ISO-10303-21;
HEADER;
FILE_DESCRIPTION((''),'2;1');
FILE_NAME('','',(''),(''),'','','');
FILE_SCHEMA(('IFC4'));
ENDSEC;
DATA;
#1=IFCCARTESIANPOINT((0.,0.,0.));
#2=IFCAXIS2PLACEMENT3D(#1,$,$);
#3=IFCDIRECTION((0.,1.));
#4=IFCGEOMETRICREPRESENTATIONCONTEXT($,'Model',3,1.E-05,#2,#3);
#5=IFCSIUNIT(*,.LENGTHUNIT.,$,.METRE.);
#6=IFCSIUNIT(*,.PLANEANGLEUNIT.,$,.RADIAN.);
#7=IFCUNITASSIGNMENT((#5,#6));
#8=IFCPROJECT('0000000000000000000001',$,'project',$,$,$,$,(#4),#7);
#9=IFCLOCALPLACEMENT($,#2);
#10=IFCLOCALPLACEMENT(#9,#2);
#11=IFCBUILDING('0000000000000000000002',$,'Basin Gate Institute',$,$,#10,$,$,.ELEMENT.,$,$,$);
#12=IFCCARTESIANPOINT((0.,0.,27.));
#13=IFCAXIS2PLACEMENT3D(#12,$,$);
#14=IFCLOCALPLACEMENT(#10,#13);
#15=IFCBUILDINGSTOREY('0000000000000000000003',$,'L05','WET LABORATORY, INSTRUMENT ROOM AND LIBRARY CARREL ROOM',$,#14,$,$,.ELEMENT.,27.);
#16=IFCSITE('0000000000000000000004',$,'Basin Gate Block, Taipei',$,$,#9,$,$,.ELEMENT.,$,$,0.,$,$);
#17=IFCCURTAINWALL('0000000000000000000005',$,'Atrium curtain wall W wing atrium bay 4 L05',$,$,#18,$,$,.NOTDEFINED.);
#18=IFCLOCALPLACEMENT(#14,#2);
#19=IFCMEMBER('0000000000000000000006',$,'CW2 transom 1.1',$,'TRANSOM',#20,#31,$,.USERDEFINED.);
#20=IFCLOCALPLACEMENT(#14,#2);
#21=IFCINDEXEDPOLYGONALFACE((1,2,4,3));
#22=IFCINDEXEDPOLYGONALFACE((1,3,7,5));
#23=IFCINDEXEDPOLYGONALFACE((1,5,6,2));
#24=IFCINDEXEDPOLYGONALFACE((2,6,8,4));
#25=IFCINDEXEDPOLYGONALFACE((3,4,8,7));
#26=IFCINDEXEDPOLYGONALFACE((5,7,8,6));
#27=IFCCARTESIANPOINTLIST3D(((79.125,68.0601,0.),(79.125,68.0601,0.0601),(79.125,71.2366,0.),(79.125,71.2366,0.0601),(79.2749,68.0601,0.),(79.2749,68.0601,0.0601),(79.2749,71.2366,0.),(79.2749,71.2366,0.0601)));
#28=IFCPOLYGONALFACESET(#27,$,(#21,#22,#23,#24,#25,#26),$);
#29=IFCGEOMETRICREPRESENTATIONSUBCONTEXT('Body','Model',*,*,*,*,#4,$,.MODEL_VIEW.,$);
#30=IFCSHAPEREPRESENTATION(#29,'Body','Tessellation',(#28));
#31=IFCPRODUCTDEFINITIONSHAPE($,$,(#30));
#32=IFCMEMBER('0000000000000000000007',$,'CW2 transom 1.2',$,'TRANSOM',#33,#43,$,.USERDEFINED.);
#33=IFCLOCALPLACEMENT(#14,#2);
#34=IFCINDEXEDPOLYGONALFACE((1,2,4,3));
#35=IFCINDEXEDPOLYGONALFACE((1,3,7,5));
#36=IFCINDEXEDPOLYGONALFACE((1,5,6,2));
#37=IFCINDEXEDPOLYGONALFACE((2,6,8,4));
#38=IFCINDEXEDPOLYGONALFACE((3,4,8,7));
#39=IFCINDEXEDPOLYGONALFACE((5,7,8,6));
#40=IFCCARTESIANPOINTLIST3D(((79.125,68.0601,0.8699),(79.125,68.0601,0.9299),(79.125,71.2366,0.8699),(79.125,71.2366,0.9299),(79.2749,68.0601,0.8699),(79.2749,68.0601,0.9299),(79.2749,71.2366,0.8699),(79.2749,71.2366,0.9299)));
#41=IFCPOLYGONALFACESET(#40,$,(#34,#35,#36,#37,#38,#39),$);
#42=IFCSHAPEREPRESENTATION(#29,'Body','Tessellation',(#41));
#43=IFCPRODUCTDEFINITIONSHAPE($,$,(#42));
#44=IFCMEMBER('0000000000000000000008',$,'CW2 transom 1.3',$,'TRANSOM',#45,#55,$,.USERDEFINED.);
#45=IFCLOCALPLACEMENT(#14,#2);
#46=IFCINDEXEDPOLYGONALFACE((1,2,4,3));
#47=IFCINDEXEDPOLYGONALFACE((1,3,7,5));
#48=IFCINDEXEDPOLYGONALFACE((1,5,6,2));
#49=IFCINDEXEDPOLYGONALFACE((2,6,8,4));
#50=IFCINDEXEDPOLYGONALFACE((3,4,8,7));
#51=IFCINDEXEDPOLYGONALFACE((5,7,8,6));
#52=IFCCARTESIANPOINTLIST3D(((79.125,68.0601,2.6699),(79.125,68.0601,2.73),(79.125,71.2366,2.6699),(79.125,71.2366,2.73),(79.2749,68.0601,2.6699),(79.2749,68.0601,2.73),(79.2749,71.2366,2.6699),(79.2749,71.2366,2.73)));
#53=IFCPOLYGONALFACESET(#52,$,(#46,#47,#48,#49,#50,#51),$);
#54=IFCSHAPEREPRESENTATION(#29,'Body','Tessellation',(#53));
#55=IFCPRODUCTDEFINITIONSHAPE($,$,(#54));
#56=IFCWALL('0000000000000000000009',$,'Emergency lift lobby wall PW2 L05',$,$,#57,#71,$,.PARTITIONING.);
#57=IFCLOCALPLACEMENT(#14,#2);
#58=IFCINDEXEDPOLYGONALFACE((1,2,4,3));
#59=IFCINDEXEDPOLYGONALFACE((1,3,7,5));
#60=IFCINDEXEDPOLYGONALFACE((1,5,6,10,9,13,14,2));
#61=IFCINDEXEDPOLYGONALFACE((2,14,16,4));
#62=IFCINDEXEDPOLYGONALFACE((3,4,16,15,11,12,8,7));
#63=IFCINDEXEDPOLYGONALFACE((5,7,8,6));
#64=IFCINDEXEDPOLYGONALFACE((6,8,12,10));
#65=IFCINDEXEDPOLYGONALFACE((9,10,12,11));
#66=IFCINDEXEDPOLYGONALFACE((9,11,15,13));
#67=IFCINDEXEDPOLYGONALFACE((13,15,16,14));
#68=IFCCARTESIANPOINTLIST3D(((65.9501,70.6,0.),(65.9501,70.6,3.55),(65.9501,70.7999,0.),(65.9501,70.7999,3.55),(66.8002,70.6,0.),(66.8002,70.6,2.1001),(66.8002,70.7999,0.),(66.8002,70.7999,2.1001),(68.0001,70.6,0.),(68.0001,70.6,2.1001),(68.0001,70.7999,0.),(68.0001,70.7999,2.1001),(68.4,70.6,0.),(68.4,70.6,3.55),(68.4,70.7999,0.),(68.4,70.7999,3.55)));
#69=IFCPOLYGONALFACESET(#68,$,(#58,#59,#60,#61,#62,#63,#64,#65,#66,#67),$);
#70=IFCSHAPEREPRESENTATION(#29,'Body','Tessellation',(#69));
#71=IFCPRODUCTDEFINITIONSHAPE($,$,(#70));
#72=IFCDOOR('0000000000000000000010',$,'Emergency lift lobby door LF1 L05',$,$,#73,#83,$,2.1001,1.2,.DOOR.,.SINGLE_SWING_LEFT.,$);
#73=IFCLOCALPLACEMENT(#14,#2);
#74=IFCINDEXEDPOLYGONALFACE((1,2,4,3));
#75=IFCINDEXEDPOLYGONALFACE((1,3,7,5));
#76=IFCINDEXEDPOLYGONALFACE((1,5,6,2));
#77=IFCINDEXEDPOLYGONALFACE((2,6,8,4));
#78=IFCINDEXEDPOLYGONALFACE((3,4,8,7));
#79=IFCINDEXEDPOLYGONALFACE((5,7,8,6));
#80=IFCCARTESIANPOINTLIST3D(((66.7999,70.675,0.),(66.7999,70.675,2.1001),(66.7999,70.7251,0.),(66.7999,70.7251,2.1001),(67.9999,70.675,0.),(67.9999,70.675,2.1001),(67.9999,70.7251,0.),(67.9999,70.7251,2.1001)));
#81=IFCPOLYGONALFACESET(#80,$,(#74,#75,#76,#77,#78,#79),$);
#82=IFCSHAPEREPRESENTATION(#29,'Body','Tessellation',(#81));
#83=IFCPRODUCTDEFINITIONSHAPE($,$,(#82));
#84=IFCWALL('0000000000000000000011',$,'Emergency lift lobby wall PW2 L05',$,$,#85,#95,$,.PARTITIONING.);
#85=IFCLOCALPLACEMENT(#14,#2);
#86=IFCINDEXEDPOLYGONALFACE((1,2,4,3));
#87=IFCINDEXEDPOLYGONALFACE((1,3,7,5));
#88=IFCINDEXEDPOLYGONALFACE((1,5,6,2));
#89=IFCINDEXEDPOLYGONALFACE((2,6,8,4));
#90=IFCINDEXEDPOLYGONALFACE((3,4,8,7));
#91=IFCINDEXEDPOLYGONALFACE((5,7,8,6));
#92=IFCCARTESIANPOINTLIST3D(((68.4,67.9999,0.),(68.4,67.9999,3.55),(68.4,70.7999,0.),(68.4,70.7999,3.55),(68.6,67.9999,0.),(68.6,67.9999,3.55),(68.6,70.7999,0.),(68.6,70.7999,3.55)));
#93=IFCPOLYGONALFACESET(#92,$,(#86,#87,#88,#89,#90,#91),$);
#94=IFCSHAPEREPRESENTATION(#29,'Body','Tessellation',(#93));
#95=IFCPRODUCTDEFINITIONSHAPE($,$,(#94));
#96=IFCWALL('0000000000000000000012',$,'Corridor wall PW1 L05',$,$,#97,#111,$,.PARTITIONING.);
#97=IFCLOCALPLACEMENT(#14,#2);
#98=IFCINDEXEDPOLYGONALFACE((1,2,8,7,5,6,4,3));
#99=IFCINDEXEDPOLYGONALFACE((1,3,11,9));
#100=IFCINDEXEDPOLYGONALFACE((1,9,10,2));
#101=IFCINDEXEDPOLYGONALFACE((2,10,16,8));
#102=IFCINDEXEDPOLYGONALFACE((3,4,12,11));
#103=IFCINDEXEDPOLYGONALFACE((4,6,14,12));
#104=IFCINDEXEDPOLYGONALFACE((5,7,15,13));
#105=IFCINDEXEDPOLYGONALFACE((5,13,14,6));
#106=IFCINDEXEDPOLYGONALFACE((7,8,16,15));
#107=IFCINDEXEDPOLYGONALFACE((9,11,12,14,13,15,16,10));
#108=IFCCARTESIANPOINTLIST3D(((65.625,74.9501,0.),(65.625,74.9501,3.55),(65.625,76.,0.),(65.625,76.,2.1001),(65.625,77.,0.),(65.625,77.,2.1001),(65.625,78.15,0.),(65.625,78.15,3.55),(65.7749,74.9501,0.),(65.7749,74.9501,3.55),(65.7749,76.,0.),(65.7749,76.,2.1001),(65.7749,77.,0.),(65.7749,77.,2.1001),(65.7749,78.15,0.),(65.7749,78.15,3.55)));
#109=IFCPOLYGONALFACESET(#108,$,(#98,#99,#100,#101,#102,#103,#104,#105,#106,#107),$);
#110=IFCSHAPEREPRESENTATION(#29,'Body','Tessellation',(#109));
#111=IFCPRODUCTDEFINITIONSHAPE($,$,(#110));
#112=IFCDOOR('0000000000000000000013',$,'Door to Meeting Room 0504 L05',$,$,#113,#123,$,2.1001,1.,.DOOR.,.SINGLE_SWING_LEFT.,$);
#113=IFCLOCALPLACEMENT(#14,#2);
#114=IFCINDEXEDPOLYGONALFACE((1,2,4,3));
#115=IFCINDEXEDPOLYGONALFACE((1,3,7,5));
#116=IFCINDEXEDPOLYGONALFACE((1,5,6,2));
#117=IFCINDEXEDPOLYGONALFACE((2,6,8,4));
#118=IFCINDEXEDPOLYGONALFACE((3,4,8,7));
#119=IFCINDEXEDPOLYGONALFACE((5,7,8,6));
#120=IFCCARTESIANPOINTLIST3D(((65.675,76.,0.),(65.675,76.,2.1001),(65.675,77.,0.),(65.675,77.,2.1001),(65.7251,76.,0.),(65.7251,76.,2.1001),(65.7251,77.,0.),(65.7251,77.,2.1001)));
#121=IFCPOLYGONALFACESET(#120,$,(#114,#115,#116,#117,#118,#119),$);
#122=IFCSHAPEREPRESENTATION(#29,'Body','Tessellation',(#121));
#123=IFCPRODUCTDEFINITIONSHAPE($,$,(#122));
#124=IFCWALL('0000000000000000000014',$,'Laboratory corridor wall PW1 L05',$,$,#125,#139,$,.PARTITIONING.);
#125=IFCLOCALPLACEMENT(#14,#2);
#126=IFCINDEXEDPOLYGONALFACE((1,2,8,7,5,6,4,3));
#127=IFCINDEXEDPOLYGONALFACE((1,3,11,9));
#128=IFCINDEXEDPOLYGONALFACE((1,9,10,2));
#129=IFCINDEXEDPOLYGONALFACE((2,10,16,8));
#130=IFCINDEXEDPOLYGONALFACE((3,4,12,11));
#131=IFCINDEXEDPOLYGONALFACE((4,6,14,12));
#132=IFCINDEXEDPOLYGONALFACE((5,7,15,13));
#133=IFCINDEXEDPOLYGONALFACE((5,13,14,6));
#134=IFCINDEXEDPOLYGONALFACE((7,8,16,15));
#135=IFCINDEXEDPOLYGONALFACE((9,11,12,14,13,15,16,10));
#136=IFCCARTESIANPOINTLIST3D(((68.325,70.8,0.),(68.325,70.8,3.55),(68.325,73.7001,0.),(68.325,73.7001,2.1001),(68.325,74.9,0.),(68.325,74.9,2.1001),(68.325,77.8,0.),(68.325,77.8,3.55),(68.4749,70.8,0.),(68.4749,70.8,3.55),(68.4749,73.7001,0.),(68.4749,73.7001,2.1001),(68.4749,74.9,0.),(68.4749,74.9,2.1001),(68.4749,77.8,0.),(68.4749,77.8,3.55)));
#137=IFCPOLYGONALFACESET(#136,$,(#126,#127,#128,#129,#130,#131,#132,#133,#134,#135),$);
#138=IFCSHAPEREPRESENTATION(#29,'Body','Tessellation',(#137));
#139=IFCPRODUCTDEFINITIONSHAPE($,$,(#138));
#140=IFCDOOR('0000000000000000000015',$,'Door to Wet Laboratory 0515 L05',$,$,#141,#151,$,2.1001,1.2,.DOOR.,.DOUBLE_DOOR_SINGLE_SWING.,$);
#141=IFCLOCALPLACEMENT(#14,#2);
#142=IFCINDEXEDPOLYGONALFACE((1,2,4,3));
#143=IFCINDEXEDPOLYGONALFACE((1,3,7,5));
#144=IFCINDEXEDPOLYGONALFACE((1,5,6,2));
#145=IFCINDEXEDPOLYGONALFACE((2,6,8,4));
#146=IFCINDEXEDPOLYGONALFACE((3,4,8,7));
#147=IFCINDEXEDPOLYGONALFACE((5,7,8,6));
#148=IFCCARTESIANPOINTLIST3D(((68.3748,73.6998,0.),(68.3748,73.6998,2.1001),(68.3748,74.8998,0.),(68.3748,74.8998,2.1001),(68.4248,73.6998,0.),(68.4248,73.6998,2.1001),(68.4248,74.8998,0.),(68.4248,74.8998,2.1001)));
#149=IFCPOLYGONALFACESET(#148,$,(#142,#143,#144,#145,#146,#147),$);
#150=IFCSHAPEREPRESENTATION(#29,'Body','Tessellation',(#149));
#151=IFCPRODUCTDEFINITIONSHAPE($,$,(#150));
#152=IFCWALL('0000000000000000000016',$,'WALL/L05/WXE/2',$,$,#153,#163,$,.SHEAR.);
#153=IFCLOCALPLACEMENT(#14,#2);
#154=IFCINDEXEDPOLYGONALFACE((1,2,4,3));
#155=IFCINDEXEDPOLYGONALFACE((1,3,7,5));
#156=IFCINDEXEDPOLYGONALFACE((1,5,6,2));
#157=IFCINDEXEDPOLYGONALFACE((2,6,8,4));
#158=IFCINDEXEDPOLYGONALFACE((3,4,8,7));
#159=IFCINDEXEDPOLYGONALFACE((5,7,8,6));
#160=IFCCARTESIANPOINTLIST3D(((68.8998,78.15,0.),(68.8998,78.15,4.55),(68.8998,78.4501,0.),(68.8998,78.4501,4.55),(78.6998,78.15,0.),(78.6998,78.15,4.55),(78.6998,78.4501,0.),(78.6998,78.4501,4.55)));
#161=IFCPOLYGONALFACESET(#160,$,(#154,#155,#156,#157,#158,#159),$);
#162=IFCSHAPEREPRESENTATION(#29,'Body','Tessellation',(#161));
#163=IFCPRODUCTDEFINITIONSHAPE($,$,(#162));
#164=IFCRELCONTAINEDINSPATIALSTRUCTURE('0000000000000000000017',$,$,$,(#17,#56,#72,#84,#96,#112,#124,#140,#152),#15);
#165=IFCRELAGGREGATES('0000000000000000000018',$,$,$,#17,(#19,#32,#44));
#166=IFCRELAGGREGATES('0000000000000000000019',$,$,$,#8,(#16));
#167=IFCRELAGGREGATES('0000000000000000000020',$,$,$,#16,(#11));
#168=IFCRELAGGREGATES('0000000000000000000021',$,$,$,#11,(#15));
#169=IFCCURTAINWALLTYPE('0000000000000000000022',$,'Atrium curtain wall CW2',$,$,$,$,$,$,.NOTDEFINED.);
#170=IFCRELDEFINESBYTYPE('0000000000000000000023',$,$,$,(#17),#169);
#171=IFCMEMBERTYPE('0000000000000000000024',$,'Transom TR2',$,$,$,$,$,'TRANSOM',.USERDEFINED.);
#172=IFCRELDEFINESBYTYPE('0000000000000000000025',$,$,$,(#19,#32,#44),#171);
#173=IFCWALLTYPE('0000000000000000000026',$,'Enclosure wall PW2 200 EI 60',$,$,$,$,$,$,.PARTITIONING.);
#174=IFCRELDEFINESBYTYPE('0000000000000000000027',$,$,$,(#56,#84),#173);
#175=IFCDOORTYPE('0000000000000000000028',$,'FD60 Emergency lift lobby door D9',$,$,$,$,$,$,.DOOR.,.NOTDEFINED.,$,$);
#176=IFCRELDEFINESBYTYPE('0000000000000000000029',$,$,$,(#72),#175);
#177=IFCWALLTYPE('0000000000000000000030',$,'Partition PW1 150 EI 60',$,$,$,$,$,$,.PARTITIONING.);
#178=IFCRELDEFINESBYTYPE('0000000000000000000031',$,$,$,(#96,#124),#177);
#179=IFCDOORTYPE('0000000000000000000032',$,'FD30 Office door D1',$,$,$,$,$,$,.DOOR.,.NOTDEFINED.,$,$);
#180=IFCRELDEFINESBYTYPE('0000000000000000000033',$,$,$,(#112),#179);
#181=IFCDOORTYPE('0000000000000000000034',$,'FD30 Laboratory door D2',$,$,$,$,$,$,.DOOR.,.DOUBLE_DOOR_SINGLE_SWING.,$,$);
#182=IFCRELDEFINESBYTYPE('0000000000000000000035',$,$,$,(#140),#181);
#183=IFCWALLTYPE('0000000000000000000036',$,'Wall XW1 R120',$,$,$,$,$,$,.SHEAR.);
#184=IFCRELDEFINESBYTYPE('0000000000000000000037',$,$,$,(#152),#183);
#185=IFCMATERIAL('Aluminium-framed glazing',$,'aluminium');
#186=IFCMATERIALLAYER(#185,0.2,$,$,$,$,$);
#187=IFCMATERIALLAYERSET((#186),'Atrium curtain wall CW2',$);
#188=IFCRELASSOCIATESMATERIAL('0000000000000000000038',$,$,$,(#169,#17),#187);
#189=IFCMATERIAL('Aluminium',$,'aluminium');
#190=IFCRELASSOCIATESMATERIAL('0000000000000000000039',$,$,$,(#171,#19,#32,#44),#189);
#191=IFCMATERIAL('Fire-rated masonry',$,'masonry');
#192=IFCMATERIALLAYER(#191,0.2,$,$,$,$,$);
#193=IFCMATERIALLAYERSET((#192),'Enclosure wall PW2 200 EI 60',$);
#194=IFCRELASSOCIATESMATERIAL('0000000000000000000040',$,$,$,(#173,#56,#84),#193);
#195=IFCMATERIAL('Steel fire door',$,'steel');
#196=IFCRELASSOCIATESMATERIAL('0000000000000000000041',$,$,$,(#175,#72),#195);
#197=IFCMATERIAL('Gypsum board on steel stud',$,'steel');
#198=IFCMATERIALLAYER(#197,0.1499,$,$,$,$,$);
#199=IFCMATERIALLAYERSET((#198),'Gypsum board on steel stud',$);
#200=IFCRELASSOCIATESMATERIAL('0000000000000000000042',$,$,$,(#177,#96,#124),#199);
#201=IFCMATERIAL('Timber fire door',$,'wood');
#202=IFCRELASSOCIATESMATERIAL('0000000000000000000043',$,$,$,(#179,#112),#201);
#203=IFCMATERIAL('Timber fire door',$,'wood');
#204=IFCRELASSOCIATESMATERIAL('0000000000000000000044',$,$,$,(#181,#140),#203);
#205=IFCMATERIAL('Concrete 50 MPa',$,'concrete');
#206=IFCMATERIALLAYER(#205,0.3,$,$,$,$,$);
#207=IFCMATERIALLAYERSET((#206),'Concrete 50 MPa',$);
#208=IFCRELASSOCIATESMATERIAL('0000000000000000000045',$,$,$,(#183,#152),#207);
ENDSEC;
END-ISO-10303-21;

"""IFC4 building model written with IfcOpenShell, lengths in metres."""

from ifc_helpers import new_model, si_unit, direction, frame, frame_2d, origin, origin_2d, place, context, subcontext, project, spatial, rectangle, extrude, material, layer, layer_set, material_profile, profile_set, type_object, element, fill, aggregate, save


model = new_model("IFC4")

# Units and contexts
model_context = context("Model", 3, precision=1e-05, world=origin(), true_north=direction((0.0, 1.0)))
body_context = subcontext(model_context, "Body", "Model", "MODEL_VIEW")
ifc_project = project(units=[si_unit("LENGTHUNIT", "METRE"), si_unit("PLANEANGLEUNIT", "RADIAN")], contexts=[model_context])

# Site, building, storey
site_placement = place(None, origin())
site = spatial("IfcSite", under=ifc_project, at=site_placement, Name="Basin Gate Block, Taipei", CompositionType="ELEMENT", RefElevation=0.0)
building_placement = place(site_placement, origin())
building = spatial("IfcBuilding", under=site, at=building_placement, Name="Basin Gate Institute", CompositionType="ELEMENT")
storey_placement = place(building_placement, frame((0.0, 0.0, 27.0)))
storey = spatial("IfcBuildingStorey", under=building, at=storey_placement, Name="L05", Description="WET LABORATORY, INSTRUMENT ROOM AND LIBRARY CARREL ROOM", CompositionType="ELEMENT", Elevation=27.0)

# Curtain wall
ifc_material_1 = material(Name="Aluminium-framed glazing", Category="aluminium")
ifc_layer_1 = layer(ifc_material_1, 0.2)
ifc_layer_set_1 = layer_set([ifc_layer_1], Name="Atrium curtain wall CW2")
curtain_wall_type = type_object("IfcCurtainWallType", Name="Atrium curtain wall CW2", PredefinedType="NOTDEFINED", material=ifc_layer_set_1)
curtain_wall_placement = place(storey_placement, origin())
curtain_wall = element("IfcCurtainWall", 1, at=curtain_wall_placement, inside=storey, type_object=curtain_wall_type, material=ifc_layer_set_1, Name="Atrium curtain wall W wing atrium bay 4 L05", PredefinedType="NOTDEFINED")

# Members
ifc_material_2 = material(Name="Aluminium", Category="aluminium")
ifc_material_profile_1 = material_profile(ifc_material_2, rectangle(XDim=0.1499, YDim=0.0601, at=origin_2d()), Name="Transom TR2 150 x 60")
ifc_profile_set_1 = profile_set([ifc_material_profile_1], Name="Aluminium")
member_type_1 = type_object("IfcMemberType", Name="Transom TR2", ElementType="TRANSOM", PredefinedType="USERDEFINED", material=ifc_profile_set_1)
member_1_placement = place(storey_placement, frame((79.2, 68.0601, 0.03), z_axis=(0.0, 1.0, 0.0), x_axis=(-1.0, 0.0, 0.0)))
member_1 = element("IfcMember", 2, at=member_1_placement, type_object=member_type_1, material=ifc_profile_set_1, Name="CW2 transom 1.1", ObjectType="TRANSOM", PredefinedType="USERDEFINED", context=body_context, shape_type="SweptSolid", body=[
    extrude(rectangle(XDim=0.1499, YDim=0.0601, at=origin_2d()), origin(), (0.0, 0.0, 1.0), 3.1765),
])
member_2_placement = place(storey_placement, frame((79.2, 68.0601, 0.8999), z_axis=(0.0, 1.0, 0.0), x_axis=(-1.0, 0.0, 0.0)))
member_2 = element("IfcMember", 3, at=member_2_placement, type_object=member_type_1, material=ifc_profile_set_1, Name="CW2 transom 1.2", ObjectType="TRANSOM", PredefinedType="USERDEFINED", context=body_context, shape_type="SweptSolid", body=[
    extrude(rectangle(XDim=0.1499, YDim=0.0601, at=origin_2d()), origin(), (0.0, 0.0, 1.0), 3.1765),
])
member_3_placement = place(storey_placement, frame((79.2, 68.0601, 2.7), z_axis=(0.0, 1.0, 0.0), x_axis=(-1.0, 0.0, 0.0)))
member_3 = element("IfcMember", 4, at=member_3_placement, type_object=member_type_1, material=ifc_profile_set_1, Name="CW2 transom 1.3", ObjectType="TRANSOM", PredefinedType="USERDEFINED", context=body_context, shape_type="SweptSolid", body=[
    extrude(rectangle(XDim=0.1499, YDim=0.0601, at=origin_2d()), origin(), (0.0, 0.0, 1.0), 3.1765),
])
aggregate(curtain_wall, [member_1, member_2, member_3])

# Wall, opening, door
ifc_material_3 = material(Name="Fire-rated masonry", Category="masonry")
ifc_layer_2 = layer(ifc_material_3, 0.2)
ifc_layer_set_2 = layer_set([ifc_layer_2], Name="Enclosure wall PW2 200 EI 60")
wall_type_1 = type_object("IfcWallType", Name="Enclosure wall PW2 200 EI 60", PredefinedType="PARTITIONING", material=ifc_layer_set_2)
wall_1_placement = place(storey_placement, frame((65.95, 70.7, 0.0), z_axis=(0.0, 0.0, 1.0), x_axis=(1.0, 0.0, 0.0)))
wall_1 = element("IfcWall", 5, at=wall_1_placement, inside=storey, type_object=wall_type_1, material=ifc_layer_set_2, Name="Emergency lift lobby wall PW2 L05", PredefinedType="PARTITIONING", context=body_context, shape_type="SweptSolid", body=[
    extrude(rectangle(XDim=2.45, YDim=0.2, at=frame_2d((1.2251, 0.0))), origin(), (0.0, 0.0, 1.0), 3.55),
])
opening_1_placement = place(wall_1_placement, frame((0.8501, 0.0, 0.0)))
opening_1 = element("IfcOpeningElement", 6, at=opening_1_placement, cuts=wall_1, PredefinedType="OPENING", context=body_context, shape_type="SweptSolid", body=[
    extrude(rectangle(XDim=1.2, YDim=2.1001, at=frame_2d((0.6001, 1.05))), frame((0.0, 0.1099, 0.0), z_axis=(0.0, -1.0, 0.0), x_axis=(1.0, 0.0, 0.0)), (0.0, 0.0, 1.0), 0.22),
])
ifc_material_4 = material(Name="Steel fire door", Category="steel")
door_type_1 = type_object("IfcDoorType", Name="FD60 Emergency lift lobby door D9", OperationType="NOTDEFINED", PredefinedType="DOOR", material=ifc_material_4)
door_1_placement = place(opening_1_placement, frame((1.2, 0.0, 0.0), z_axis=(0.0, 0.0, 1.0), x_axis=(-1.0, 0.0, 0.0)))
door_1 = element("IfcDoor", 7, at=door_1_placement, inside=storey, type_object=door_type_1, material=ifc_material_4, Name="Emergency lift lobby door LF1 L05", OperationType="SINGLE_SWING_LEFT", OverallHeight=2.1001, OverallWidth=1.2, PredefinedType="DOOR", context=body_context, shape_type="SweptSolid", body=[
    extrude(rectangle(XDim=1.2, YDim=2.1001, at=frame_2d((0.6001, 1.05))), frame((0.0, 0.0249, 0.0), z_axis=(0.0, -1.0, 0.0), x_axis=(1.0, 0.0, 0.0)), (0.0, 0.0, 1.0), 0.05),
])
fill(opening_1, door_1)

# Wall
wall_2_placement = place(storey_placement, frame((68.5, 68.0, 0.0), z_axis=(0.0, 0.0, 1.0), x_axis=(0.0, 1.0, 0.0)))
element("IfcWall", 8, at=wall_2_placement, inside=storey, type_object=wall_type_1, material=ifc_layer_set_2, Name="Emergency lift lobby wall PW2 L05", PredefinedType="PARTITIONING", context=body_context, shape_type="SweptSolid", body=[
    extrude(rectangle(XDim=2.8, YDim=0.2, at=frame_2d((1.3999, 0.0))), origin(), (0.0, 0.0, 1.0), 3.55),
])

# Walls, openings, doors
ifc_material_5 = material(Name="Gypsum board on steel stud", Category="steel")
ifc_layer_3 = layer(ifc_material_5, 0.1499)
ifc_layer_set_3 = layer_set([ifc_layer_3], Name="Gypsum board on steel stud")
wall_type_2 = type_object("IfcWallType", Name="Partition PW1 150 EI 60", PredefinedType="PARTITIONING", material=ifc_layer_set_3)
wall_3_placement = place(storey_placement, frame((65.7, 74.95, 0.0), z_axis=(0.0, 0.0, 1.0), x_axis=(0.0, 1.0, 0.0)))
wall_3 = element("IfcWall", 9, at=wall_3_placement, inside=storey, type_object=wall_type_2, material=ifc_layer_set_3, Name="Corridor wall PW1 L05", PredefinedType="PARTITIONING", context=body_context, shape_type="SweptSolid", body=[
    extrude(rectangle(XDim=3.2, YDim=0.1499, at=frame_2d((1.6001, 0.0))), origin(), (0.0, 0.0, 1.0), 3.55),
])
opening_2_placement = place(wall_3_placement, frame((1.05, 0.0, 0.0)))
opening_2 = element("IfcOpeningElement", 10, at=opening_2_placement, cuts=wall_3, PredefinedType="OPENING", context=body_context, shape_type="SweptSolid", body=[
    extrude(rectangle(XDim=1.0, YDim=2.1001, at=frame_2d((0.5, 1.05))), frame((0.0, 0.085, 0.0), z_axis=(0.0, -1.0, 0.0), x_axis=(1.0, 0.0, 0.0)), (0.0, 0.0, 1.0), 0.1699),
])
ifc_material_6 = material(Name="Timber fire door", Category="wood")
door_type_2 = type_object("IfcDoorType", Name="FD30 Office door D1", OperationType="NOTDEFINED", PredefinedType="DOOR", material=ifc_material_6)
door_2_placement = place(opening_2_placement, origin())
door_2 = element("IfcDoor", 11, at=door_2_placement, inside=storey, type_object=door_type_2, material=ifc_material_6, Name="Door to Meeting Room 0504 L05", OperationType="SINGLE_SWING_LEFT", OverallHeight=2.1001, OverallWidth=1.0, PredefinedType="DOOR", context=body_context, shape_type="SweptSolid", body=[
    extrude(rectangle(XDim=1.0, YDim=2.1001, at=frame_2d((0.5, 1.05))), frame((0.0, 0.0249, 0.0), z_axis=(0.0, -1.0, 0.0), x_axis=(1.0, 0.0, 0.0)), (0.0, 0.0, 1.0), 0.05),
])
fill(opening_2, door_2)
wall_4_placement = place(storey_placement, frame((68.3999, 70.8, 0.0), z_axis=(0.0, 0.0, 1.0), x_axis=(0.0, 1.0, 0.0)))
wall_4 = element("IfcWall", 12, at=wall_4_placement, inside=storey, type_object=wall_type_2, material=ifc_layer_set_3, Name="Laboratory corridor wall PW1 L05", PredefinedType="PARTITIONING", context=body_context, shape_type="SweptSolid", body=[
    extrude(rectangle(XDim=7.0, YDim=0.1499, at=frame_2d((3.5, 0.0))), origin(), (0.0, 0.0, 1.0), 3.55),
])
opening_3_placement = place(wall_4_placement, frame((2.8999, 0.0, 0.0)))
opening_3 = element("IfcOpeningElement", 13, at=opening_3_placement, cuts=wall_4, PredefinedType="OPENING", context=body_context, shape_type="SweptSolid", body=[
    extrude(rectangle(XDim=1.2, YDim=2.1001, at=frame_2d((0.6001, 1.05))), frame((0.0, 0.085, 0.0), z_axis=(0.0, -1.0, 0.0), x_axis=(1.0, 0.0, 0.0)), (0.0, 0.0, 1.0), 0.1699),
])
ifc_material_7 = material(Name="Timber fire door", Category="wood")
door_type_3 = type_object("IfcDoorType", Name="FD30 Laboratory door D2", OperationType="DOUBLE_DOOR_SINGLE_SWING", PredefinedType="DOOR", material=ifc_material_7)
door_3_placement = place(opening_3_placement, frame((1.2, 0.0, 0.0), z_axis=(0.0, 0.0, 1.0), x_axis=(-1.0, 0.0, 0.0)))
door_3 = element("IfcDoor", 14, at=door_3_placement, inside=storey, type_object=door_type_3, material=ifc_material_7, Name="Door to Wet Laboratory 0515 L05", OperationType="DOUBLE_DOOR_SINGLE_SWING", OverallHeight=2.1001, OverallWidth=1.2, PredefinedType="DOOR", context=body_context, shape_type="SweptSolid", body=[
    extrude(rectangle(XDim=1.2, YDim=2.1001, at=frame_2d((0.6001, 1.05))), frame((0.0, 0.0249, 0.0), z_axis=(0.0, -1.0, 0.0), x_axis=(1.0, 0.0, 0.0)), (0.0, 0.0, 1.0), 0.05),
])
fill(opening_3, door_3)

# Wall
ifc_material_8 = material(Name="Concrete 50 MPa", Category="concrete")
ifc_layer_4 = layer(ifc_material_8, 0.3)
ifc_layer_set_4 = layer_set([ifc_layer_4], Name="Concrete 50 MPa")
wall_type_3 = type_object("IfcWallType", Name="Wall XW1 R120", PredefinedType="SHEAR", material=ifc_layer_set_4)
wall_5_placement = place(storey_placement, frame((68.8999, 78.3, 0.0), z_axis=(0.0, 0.0, 1.0), x_axis=(1.0, 0.0, 0.0)))
element("IfcWall", 15, at=wall_5_placement, inside=storey, type_object=wall_type_3, material=ifc_layer_set_4, Name="WALL/L05/WXE/2", PredefinedType="SHEAR", context=body_context, shape_type="SweptSolid", body=[
    extrude(rectangle(XDim=9.8, YDim=0.3, at=frame_2d((4.8999, 0.0))), origin(), (0.0, 0.0, 1.0), 4.55),
])

save(model, "model.ifc")
